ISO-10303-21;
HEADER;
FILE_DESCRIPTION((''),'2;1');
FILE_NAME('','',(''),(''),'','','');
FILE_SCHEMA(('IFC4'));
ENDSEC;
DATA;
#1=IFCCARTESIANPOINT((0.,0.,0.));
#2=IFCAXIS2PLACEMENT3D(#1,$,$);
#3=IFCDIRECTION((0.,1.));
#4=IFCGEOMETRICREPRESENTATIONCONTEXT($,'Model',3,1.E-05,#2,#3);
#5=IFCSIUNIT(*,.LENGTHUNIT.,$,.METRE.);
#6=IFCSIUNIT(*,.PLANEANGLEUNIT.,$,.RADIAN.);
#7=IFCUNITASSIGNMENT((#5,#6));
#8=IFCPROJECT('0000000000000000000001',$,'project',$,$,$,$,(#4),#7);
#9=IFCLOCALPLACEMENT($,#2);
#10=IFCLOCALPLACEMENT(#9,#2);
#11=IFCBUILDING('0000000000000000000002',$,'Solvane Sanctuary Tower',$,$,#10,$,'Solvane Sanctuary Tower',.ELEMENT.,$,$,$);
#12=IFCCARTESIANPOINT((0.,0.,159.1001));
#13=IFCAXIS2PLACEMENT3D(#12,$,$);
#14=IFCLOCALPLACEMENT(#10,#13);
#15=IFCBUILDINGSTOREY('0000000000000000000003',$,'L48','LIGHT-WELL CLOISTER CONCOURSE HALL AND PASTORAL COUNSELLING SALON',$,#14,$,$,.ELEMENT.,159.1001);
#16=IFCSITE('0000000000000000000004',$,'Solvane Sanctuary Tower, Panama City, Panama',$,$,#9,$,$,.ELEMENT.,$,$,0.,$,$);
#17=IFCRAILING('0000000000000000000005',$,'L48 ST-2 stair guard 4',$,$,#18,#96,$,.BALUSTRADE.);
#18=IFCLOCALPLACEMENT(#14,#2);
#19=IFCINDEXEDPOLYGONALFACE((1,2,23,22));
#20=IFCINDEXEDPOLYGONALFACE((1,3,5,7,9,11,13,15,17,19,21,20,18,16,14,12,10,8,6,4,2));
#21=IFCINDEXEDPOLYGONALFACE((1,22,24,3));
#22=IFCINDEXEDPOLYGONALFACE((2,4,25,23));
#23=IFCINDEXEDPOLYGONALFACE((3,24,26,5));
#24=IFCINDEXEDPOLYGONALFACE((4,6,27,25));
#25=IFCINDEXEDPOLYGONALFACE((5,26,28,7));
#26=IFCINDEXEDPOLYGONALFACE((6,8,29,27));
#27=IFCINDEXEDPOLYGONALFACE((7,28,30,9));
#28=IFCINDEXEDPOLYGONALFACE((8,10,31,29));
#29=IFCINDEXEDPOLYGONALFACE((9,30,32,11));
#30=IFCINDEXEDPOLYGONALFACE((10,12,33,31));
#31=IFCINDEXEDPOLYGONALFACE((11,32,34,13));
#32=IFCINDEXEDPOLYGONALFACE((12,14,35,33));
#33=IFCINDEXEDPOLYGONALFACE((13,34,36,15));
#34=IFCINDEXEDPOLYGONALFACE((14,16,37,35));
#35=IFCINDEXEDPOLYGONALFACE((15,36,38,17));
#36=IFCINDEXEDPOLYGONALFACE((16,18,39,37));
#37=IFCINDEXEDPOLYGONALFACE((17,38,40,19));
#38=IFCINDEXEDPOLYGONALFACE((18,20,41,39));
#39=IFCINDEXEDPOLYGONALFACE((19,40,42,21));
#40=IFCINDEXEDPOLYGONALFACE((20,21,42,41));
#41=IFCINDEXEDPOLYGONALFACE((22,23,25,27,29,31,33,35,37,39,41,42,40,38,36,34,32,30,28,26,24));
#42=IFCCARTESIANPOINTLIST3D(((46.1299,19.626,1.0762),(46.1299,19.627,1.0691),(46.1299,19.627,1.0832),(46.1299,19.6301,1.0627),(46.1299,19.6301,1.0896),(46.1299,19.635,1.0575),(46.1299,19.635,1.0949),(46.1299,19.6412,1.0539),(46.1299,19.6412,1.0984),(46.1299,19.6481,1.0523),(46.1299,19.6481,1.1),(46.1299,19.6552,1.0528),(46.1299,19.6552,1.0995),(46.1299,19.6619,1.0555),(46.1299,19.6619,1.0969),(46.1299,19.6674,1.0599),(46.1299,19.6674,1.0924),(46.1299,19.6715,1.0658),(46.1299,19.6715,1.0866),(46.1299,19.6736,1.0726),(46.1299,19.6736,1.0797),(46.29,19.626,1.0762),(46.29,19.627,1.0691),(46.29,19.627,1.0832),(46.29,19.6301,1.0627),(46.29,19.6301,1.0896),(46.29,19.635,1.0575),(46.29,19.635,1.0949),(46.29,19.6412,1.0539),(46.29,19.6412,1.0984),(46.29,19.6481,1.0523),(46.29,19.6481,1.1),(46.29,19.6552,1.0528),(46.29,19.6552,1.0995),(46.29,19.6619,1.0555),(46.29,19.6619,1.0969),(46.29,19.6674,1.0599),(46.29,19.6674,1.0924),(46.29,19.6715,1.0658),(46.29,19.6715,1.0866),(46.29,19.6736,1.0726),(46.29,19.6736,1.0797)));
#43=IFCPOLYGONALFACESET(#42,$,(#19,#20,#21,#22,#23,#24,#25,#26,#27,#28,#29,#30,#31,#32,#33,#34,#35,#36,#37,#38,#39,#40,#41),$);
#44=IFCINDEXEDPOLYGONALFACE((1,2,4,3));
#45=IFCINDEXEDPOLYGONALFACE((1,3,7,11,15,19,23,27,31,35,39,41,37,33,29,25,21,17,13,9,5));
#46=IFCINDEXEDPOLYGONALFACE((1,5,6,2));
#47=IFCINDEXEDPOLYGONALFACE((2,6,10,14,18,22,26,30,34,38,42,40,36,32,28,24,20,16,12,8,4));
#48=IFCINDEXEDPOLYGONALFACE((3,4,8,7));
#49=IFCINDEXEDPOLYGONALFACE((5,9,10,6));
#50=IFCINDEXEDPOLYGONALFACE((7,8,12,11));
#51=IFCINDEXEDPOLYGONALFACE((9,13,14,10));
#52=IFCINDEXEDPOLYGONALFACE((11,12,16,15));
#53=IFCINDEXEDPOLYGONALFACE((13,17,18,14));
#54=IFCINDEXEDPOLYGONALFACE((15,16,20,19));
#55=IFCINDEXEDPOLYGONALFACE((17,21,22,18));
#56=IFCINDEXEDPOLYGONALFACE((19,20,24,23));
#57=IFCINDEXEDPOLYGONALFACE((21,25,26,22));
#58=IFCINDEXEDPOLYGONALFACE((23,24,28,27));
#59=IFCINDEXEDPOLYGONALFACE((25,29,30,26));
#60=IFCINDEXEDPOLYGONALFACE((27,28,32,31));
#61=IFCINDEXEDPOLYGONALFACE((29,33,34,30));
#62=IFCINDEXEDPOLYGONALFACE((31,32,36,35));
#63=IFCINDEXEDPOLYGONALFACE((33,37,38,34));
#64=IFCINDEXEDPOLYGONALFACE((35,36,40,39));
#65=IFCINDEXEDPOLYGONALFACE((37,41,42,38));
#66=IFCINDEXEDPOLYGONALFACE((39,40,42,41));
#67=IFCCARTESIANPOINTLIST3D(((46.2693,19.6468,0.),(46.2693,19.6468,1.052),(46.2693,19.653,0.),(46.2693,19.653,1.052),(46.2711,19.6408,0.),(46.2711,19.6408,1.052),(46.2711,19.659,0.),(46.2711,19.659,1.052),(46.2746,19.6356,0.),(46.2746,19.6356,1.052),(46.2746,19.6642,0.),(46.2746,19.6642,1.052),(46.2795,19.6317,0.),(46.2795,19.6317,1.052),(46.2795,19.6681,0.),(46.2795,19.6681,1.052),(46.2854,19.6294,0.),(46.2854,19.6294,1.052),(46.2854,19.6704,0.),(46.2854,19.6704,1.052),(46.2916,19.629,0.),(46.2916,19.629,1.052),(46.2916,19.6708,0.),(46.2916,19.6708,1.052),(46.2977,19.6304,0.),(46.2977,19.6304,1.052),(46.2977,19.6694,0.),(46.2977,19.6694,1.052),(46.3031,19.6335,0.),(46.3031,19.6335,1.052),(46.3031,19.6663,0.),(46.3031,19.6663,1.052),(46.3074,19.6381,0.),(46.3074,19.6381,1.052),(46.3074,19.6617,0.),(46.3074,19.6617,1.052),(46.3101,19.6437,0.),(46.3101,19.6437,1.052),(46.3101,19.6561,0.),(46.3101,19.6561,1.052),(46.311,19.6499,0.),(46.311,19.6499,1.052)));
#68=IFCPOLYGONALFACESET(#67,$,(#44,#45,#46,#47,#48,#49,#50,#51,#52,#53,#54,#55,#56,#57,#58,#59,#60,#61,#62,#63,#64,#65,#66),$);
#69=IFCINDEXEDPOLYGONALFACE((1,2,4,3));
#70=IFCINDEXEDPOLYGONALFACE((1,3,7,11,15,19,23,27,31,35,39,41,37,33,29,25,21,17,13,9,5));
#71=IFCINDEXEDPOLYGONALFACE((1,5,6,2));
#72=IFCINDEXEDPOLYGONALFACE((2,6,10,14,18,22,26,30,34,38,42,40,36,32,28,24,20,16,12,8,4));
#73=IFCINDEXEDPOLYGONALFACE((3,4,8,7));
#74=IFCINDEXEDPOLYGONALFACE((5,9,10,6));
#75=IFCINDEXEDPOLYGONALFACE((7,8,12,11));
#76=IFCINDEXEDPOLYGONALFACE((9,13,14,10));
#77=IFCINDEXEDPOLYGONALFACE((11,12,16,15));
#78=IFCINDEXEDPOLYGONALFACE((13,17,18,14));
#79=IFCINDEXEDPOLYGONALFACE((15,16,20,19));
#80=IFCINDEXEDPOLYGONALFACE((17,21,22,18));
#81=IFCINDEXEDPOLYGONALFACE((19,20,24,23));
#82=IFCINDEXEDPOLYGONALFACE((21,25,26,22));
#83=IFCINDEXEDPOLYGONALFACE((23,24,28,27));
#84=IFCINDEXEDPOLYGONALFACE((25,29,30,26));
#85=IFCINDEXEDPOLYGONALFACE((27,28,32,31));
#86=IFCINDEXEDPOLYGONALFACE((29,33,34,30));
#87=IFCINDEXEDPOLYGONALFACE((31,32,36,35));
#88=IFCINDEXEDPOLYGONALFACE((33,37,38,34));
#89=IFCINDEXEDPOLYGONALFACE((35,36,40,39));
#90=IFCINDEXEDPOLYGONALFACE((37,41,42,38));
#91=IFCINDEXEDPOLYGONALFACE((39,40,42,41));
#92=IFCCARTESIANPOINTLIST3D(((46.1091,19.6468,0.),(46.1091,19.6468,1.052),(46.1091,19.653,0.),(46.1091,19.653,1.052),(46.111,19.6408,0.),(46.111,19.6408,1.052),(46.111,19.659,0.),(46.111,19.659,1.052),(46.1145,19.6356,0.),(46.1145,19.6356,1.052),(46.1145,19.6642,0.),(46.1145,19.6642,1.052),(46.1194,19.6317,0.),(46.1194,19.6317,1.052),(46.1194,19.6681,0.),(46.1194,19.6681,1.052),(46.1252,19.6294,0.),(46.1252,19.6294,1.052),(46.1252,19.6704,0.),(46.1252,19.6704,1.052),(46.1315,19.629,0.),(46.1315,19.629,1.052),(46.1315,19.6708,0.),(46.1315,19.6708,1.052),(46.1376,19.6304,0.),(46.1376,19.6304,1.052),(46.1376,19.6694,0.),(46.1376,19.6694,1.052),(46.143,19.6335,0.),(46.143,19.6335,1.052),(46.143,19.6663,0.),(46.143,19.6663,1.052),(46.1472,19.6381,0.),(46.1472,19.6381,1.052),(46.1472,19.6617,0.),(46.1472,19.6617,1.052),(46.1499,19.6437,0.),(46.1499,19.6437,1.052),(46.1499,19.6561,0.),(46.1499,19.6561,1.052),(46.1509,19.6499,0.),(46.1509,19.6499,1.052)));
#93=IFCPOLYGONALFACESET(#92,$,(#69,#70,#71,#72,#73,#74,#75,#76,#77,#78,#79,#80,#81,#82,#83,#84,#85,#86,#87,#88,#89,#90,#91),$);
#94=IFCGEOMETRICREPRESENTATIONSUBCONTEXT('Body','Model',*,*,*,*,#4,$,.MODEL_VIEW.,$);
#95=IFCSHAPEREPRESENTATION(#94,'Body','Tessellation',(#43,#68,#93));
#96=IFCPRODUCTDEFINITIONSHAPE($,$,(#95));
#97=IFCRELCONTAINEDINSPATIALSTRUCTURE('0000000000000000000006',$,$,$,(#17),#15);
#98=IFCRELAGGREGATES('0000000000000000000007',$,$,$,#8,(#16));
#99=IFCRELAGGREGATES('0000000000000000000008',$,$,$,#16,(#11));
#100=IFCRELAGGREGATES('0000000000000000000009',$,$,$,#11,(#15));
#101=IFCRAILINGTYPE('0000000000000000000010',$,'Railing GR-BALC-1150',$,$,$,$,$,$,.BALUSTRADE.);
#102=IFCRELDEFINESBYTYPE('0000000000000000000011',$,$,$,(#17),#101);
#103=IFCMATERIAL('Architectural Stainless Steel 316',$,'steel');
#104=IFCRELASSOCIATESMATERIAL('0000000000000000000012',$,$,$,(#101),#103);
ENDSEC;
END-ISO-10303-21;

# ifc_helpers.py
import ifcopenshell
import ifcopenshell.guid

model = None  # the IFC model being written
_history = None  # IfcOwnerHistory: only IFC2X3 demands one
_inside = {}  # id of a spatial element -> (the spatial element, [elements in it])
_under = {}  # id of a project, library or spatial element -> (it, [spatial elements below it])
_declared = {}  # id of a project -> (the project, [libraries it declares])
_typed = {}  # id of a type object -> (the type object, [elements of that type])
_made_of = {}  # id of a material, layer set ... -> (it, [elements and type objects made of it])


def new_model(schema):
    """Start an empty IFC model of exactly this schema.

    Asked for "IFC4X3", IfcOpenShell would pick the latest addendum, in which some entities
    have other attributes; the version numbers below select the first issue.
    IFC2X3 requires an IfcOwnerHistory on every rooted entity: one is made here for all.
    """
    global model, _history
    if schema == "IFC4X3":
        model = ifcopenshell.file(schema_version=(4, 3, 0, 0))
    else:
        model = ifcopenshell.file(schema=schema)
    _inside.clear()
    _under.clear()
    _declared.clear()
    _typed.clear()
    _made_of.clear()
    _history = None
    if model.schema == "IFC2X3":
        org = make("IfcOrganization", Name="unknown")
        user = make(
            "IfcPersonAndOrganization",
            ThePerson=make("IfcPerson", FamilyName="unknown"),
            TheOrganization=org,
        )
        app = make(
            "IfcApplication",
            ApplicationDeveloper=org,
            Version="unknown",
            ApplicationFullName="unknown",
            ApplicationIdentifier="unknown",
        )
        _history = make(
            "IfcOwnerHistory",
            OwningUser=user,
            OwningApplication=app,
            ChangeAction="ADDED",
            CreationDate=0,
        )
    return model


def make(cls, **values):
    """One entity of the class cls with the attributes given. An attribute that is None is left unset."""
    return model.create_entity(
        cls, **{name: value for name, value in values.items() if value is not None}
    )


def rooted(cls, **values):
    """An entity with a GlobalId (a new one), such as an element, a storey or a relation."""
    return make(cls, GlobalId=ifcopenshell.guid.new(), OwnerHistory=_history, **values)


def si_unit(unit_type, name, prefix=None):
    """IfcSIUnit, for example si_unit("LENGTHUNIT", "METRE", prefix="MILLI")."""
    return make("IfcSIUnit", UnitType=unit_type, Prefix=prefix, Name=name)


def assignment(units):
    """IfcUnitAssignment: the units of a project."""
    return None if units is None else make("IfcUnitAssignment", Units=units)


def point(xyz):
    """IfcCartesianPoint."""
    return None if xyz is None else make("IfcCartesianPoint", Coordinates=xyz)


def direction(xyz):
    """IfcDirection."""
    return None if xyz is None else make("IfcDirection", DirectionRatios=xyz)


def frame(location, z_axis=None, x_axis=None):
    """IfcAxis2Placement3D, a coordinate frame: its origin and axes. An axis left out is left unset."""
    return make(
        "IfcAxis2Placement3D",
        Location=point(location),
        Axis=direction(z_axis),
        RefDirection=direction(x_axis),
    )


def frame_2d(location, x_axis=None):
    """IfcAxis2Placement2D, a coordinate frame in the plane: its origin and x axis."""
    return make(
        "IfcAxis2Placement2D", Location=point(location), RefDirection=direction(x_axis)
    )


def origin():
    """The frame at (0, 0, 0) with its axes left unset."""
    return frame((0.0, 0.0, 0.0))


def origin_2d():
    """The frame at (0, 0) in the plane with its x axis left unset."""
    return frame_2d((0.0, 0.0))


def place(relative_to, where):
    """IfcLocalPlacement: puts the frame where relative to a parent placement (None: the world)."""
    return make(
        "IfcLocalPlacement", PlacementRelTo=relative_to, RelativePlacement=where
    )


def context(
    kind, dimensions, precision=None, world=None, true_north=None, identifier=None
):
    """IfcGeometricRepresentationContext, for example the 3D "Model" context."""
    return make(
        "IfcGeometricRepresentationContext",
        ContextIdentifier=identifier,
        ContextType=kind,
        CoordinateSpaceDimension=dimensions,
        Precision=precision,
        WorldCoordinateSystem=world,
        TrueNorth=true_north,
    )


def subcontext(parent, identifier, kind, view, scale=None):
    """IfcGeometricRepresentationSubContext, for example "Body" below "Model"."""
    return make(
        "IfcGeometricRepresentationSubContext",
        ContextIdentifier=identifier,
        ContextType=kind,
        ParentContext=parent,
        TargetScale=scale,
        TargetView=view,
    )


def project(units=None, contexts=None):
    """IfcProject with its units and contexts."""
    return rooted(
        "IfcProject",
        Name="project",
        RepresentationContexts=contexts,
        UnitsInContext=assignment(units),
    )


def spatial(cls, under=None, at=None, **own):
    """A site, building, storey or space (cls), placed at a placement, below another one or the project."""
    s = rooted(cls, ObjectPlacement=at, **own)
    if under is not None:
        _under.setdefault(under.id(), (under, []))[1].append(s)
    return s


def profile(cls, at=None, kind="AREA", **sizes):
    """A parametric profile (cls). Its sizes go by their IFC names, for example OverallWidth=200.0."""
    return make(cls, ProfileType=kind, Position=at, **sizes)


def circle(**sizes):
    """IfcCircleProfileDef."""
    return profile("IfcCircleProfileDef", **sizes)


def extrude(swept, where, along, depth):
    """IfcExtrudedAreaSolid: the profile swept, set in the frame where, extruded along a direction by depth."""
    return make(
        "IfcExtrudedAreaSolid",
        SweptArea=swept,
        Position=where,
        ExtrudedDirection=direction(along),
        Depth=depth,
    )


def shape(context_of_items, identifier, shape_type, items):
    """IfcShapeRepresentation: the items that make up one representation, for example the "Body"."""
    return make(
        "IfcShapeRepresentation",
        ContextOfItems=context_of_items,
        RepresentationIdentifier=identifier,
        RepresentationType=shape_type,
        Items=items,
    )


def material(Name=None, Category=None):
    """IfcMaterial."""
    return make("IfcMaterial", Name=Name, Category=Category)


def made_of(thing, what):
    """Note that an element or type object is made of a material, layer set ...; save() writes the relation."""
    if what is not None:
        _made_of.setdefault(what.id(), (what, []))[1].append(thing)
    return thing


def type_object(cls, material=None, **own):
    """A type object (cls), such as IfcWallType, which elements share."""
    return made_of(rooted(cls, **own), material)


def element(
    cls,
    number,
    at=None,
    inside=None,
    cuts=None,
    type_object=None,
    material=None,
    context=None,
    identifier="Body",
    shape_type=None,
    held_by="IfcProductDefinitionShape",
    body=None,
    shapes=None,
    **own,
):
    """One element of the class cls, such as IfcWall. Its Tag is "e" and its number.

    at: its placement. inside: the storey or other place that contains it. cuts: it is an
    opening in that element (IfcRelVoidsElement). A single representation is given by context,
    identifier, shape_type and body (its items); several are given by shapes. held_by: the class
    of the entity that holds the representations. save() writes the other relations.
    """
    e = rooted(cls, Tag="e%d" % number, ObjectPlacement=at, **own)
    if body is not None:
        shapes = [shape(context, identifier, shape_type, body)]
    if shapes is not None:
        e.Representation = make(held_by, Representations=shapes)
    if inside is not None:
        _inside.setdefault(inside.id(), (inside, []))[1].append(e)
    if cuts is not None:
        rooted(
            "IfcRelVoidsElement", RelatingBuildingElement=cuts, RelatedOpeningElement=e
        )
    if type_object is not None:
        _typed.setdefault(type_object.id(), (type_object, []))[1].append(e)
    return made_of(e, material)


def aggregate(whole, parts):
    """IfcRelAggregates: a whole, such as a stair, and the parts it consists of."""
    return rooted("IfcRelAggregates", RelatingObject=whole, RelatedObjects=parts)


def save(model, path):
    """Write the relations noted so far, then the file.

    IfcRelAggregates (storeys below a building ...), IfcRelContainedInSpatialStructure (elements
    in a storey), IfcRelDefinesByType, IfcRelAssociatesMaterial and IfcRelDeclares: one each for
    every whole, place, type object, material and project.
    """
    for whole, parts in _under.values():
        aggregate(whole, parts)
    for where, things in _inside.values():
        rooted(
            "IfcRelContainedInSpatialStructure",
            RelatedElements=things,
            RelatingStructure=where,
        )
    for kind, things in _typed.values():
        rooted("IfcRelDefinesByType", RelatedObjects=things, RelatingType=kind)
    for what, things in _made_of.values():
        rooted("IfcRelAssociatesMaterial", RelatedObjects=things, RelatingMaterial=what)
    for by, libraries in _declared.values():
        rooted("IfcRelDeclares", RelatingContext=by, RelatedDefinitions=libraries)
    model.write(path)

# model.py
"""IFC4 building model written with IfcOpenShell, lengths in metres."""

from ifc_helpers import new_model, si_unit, direction, frame, origin, origin_2d, place, context, subcontext, project, spatial, circle, extrude, material, type_object, element, save


model = new_model("IFC4")

# Units and contexts
model_context = context("Model", 3, precision=1e-05, world=origin(), true_north=direction((0.0, 1.0)))
body_context = subcontext(model_context, "Body", "Model", "MODEL_VIEW")
ifc_project = project(units=[si_unit("LENGTHUNIT", "METRE"), si_unit("PLANEANGLEUNIT", "RADIAN")], contexts=[model_context])

# Site, building, storey
site_placement = place(None, origin())
site = spatial("IfcSite", under=ifc_project, at=site_placement, Name="Solvane Sanctuary Tower, Panama City, Panama", CompositionType="ELEMENT", RefElevation=0.0)
building_placement = place(site_placement, origin())
building = spatial("IfcBuilding", under=site, at=building_placement, Name="Solvane Sanctuary Tower", LongName="Solvane Sanctuary Tower", CompositionType="ELEMENT")
storey_placement = place(building_placement, frame((0.0, 0.0, 159.1001)))
storey = spatial("IfcBuildingStorey", under=building, at=storey_placement, Name="L48", Description="LIGHT-WELL CLOISTER CONCOURSE HALL AND PASTORAL COUNSELLING SALON", CompositionType="ELEMENT", Elevation=159.1001)

# Railing
ifc_material_1 = material(Name="Architectural Stainless Steel 316", Category="steel")
railing_type_1 = type_object("IfcRailingType", Name="Railing GR-BALC-1150", PredefinedType="BALUSTRADE", material=ifc_material_1)
railing_1_placement = place(storey_placement, frame((46.29, 19.6499, 0.0)))
element("IfcRailing", 1, at=railing_1_placement, inside=storey, type_object=railing_type_1, Name="L48 ST-2 stair guard 4", PredefinedType="BALUSTRADE", context=body_context, shape_type="SweptSolid", body=[
    extrude(circle(Radius=0.0239, at=origin_2d()), frame((0.0, 0.0, 1.0762), z_axis=(-1.0, 0.0, 0.0), x_axis=(0.0, -1.0, 0.0)), (0.0, 0.0, 1.0), 0.1602),
    extrude(circle(Radius=0.021, at=origin_2d()), origin(), (0.0, 0.0, 1.0), 1.052),
    extrude(circle(Radius=0.021, at=origin_2d()), frame((-0.1602, 0.0, 0.0)), (0.0, 0.0, 1.0), 1.052),
])

save(model, "model.ifc")
